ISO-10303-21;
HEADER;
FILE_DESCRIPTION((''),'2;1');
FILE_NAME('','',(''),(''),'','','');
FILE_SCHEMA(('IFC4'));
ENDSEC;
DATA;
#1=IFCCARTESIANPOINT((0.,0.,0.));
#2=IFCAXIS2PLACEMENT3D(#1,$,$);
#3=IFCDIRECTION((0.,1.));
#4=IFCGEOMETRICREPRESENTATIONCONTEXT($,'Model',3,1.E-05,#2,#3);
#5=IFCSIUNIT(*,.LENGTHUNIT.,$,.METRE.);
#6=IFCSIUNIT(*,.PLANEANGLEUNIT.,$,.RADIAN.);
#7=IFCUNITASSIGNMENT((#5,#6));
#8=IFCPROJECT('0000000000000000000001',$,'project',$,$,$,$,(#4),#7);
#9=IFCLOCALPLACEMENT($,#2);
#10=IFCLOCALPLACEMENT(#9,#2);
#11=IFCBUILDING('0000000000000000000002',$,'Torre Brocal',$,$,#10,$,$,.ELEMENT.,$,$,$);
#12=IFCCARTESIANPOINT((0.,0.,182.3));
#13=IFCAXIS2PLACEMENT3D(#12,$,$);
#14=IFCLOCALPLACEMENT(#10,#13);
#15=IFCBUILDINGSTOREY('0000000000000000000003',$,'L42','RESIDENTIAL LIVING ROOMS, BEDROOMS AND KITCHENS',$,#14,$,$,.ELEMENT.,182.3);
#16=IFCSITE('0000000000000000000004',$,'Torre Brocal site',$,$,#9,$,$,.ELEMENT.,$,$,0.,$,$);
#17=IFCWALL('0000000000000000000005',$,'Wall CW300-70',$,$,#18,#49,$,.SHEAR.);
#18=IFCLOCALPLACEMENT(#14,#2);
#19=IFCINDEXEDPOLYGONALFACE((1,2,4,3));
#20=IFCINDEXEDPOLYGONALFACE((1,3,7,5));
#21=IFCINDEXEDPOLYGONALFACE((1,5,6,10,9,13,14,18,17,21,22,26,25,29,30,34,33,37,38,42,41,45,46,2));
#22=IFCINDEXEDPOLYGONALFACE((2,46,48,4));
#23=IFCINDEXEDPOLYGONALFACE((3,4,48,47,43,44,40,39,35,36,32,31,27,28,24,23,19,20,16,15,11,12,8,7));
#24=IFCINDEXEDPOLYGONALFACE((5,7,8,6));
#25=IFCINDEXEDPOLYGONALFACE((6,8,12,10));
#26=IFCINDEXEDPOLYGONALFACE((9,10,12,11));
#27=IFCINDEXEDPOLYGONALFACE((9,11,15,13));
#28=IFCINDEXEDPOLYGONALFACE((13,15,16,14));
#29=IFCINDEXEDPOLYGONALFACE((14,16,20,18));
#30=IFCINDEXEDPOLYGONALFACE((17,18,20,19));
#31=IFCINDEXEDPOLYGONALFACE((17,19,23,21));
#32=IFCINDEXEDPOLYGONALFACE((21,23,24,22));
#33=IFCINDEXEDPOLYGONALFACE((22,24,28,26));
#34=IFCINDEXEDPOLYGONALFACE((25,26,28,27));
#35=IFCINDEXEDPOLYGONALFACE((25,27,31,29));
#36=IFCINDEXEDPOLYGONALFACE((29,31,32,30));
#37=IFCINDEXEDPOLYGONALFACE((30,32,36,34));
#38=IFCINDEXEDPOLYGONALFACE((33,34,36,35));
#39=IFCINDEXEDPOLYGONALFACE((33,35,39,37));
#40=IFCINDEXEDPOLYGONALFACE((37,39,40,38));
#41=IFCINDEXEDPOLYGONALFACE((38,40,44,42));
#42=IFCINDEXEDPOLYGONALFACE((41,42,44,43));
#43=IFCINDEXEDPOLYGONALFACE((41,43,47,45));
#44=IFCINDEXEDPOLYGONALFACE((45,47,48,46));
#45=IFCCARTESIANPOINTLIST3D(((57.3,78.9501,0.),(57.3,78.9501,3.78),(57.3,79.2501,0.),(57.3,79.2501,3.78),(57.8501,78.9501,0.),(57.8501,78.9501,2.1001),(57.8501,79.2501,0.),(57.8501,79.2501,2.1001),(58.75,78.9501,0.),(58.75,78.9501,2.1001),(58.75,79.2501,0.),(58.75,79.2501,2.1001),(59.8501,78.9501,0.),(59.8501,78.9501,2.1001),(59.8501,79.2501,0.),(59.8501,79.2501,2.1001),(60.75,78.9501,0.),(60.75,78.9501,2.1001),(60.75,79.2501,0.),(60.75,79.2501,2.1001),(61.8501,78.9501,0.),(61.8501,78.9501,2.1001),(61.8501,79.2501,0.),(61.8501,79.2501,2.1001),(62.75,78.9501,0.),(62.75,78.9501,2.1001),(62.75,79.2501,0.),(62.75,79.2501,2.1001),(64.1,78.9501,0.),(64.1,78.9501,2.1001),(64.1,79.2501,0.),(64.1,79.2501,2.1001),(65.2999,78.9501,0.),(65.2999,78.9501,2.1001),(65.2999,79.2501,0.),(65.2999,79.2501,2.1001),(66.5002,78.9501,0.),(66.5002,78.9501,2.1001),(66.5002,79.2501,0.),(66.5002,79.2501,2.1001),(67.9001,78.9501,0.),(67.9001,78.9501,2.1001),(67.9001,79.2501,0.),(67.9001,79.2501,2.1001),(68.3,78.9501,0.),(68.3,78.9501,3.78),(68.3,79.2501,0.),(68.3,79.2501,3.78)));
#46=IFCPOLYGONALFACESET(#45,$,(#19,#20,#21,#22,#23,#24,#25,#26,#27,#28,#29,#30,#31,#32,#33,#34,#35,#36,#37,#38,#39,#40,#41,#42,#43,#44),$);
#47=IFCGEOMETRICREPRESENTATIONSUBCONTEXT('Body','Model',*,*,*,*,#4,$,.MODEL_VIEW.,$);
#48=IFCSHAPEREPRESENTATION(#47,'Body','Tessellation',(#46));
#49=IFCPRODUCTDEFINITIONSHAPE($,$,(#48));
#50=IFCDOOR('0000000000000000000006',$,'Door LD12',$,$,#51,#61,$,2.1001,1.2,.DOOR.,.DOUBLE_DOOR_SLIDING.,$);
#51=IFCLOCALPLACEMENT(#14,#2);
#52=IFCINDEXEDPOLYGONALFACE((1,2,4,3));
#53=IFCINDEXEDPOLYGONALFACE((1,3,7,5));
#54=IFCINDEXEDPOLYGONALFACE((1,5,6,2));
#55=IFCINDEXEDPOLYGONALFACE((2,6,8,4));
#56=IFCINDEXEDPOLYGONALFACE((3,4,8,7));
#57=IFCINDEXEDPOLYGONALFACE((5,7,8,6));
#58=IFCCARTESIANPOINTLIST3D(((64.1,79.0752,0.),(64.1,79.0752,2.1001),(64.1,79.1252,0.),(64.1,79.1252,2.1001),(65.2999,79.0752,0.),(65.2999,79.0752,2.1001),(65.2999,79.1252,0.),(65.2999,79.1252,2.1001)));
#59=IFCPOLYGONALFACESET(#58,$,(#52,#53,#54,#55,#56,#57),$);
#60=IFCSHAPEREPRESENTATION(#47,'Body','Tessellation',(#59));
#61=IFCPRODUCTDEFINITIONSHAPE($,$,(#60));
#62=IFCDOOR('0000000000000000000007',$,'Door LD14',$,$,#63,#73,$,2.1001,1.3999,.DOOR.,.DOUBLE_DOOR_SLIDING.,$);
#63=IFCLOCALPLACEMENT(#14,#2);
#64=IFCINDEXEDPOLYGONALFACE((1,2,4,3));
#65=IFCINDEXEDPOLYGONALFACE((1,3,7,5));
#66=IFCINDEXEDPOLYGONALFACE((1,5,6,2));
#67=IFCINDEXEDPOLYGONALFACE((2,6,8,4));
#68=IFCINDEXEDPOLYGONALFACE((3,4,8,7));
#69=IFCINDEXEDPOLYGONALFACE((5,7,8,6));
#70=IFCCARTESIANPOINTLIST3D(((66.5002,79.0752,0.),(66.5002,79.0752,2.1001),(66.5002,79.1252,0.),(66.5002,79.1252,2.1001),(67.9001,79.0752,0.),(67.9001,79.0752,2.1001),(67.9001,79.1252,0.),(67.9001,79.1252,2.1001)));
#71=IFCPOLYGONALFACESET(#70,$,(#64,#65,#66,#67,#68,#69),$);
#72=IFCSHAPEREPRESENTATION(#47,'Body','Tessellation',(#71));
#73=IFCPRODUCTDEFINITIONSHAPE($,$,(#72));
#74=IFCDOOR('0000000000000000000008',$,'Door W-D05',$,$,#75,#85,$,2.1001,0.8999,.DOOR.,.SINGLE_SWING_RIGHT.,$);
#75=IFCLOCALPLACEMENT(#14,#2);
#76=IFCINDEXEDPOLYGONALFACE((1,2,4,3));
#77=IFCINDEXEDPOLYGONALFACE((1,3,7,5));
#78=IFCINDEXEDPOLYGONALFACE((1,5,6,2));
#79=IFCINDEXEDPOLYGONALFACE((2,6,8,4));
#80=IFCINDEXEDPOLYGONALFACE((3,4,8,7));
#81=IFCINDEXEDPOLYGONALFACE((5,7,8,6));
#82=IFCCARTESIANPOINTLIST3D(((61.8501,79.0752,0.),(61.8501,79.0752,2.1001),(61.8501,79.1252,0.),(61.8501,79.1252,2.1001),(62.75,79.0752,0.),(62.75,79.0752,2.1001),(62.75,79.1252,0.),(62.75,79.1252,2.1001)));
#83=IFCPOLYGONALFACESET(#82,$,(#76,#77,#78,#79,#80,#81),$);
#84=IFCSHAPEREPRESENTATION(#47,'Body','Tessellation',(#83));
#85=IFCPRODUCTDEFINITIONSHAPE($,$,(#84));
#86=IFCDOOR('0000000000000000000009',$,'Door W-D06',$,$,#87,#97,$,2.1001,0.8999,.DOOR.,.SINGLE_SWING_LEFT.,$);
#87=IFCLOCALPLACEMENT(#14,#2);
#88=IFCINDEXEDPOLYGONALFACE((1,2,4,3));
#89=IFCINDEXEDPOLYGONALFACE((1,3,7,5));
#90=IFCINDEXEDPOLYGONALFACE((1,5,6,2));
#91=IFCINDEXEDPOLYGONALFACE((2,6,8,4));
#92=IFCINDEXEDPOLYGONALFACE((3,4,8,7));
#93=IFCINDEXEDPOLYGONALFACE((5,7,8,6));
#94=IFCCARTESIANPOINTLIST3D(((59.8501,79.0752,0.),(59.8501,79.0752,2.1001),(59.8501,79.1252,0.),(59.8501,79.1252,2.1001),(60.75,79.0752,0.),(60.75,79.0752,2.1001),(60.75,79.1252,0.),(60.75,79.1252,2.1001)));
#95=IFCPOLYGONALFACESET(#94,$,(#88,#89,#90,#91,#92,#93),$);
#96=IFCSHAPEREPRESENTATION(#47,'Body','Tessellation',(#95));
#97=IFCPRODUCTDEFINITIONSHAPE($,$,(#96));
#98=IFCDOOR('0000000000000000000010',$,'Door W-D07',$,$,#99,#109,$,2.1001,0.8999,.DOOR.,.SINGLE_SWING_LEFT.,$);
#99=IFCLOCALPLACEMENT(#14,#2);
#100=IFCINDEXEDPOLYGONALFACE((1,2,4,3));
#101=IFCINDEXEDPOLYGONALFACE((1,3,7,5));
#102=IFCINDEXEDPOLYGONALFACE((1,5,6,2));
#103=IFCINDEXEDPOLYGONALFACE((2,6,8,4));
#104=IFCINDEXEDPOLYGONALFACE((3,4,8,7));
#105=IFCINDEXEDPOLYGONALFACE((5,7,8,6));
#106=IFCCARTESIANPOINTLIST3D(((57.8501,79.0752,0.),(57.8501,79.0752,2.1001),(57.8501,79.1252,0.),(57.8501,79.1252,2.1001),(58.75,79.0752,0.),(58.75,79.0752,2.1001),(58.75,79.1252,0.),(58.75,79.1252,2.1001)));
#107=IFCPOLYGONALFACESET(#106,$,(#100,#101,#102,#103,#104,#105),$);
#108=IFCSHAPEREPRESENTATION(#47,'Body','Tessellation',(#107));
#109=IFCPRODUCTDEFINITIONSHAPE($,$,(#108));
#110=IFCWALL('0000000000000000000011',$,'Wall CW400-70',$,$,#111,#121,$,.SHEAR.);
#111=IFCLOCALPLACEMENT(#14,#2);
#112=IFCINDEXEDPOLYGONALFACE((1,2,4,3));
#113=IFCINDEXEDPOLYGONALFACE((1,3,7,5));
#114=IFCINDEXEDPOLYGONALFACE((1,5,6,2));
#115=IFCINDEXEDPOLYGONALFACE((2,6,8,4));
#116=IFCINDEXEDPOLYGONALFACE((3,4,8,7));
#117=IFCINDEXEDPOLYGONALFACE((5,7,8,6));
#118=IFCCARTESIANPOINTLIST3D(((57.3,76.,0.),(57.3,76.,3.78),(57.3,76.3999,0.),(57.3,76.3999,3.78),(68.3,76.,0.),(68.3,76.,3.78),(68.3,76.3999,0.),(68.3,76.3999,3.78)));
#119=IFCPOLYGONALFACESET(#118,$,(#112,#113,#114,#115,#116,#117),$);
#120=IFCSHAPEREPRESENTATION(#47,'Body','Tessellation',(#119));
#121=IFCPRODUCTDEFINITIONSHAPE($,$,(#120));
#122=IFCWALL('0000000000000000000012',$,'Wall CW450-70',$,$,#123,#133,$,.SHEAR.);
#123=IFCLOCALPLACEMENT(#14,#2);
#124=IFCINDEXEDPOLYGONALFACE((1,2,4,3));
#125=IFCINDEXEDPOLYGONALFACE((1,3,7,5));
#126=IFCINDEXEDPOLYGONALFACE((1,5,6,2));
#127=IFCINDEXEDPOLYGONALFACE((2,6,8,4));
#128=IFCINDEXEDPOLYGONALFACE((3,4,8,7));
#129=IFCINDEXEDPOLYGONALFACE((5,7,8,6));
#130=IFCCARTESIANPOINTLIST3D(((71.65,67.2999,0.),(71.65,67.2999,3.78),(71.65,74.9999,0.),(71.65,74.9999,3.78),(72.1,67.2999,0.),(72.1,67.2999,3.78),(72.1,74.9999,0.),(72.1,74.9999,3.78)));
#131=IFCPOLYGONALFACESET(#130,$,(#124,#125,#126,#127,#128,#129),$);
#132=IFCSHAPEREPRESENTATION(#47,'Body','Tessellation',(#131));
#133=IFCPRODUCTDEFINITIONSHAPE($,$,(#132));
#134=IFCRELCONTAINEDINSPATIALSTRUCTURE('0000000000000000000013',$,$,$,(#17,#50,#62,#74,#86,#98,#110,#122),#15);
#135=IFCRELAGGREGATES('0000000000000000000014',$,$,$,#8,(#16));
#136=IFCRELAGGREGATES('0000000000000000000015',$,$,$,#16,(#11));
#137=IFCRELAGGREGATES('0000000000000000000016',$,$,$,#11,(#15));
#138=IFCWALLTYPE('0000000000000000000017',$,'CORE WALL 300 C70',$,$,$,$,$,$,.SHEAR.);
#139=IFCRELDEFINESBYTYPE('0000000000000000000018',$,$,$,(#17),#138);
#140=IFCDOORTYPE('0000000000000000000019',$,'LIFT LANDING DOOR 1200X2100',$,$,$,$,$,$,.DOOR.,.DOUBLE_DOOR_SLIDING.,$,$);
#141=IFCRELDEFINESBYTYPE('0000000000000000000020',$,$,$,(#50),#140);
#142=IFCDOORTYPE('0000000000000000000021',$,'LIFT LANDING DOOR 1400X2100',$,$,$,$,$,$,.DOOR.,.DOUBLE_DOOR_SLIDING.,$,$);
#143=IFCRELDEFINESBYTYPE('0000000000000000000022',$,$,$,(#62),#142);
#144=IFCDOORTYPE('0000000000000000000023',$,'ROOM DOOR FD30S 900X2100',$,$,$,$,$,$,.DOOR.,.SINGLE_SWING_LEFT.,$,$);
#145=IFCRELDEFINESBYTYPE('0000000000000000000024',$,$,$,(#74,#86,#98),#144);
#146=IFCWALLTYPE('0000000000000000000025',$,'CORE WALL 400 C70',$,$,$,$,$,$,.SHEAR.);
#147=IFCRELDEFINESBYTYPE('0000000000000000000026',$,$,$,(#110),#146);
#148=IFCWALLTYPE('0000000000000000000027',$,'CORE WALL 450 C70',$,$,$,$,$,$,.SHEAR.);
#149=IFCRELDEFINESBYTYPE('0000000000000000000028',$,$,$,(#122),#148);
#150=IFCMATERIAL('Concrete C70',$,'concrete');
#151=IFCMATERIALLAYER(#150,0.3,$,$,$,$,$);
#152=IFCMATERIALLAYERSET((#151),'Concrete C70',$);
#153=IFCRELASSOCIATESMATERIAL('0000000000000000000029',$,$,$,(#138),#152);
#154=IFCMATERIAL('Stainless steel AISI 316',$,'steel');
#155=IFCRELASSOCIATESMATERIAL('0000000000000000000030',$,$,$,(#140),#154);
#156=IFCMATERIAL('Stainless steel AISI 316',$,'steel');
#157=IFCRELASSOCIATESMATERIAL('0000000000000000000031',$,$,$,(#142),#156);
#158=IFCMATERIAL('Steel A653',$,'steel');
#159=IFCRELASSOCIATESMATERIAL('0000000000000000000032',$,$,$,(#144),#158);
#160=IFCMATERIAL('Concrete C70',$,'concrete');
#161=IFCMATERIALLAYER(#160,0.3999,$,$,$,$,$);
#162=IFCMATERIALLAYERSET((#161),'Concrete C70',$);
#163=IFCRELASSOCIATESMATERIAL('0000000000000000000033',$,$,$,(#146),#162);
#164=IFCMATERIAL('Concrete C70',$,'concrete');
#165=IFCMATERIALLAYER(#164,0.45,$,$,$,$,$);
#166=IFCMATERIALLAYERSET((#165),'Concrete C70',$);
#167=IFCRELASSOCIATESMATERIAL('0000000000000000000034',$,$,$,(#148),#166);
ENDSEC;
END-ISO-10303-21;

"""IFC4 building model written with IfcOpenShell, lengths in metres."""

from ifc_helpers import new_model, si_unit, direction, frame, frame_2d, origin, place, context, subcontext, project, spatial, rectangle, extrude, material, layer, layer_set, type_object, element, fill, save


model = new_model("IFC4")

# Units and contexts
model_context = context("Model", 3, precision=1e-05, world=origin(), true_north=direction((0.0, 1.0)))
body_context = subcontext(model_context, "Body", "Model", "MODEL_VIEW")
ifc_project = project(units=[si_unit("LENGTHUNIT", "METRE"), si_unit("PLANEANGLEUNIT", "RADIAN")], contexts=[model_context])

# Site, building, storey
site_placement = place(None, origin())
site = spatial("IfcSite", under=ifc_project, at=site_placement, Name="Torre Brocal site", CompositionType="ELEMENT", RefElevation=0.0)
building_placement = place(site_placement, origin())
building = spatial("IfcBuilding", under=site, at=building_placement, Name="Torre Brocal", CompositionType="ELEMENT")
storey_placement = place(building_placement, frame((0.0, 0.0, 182.3)))
storey = spatial("IfcBuildingStorey", under=building, at=storey_placement, Name="L42", Description="RESIDENTIAL LIVING ROOMS, BEDROOMS AND KITCHENS", CompositionType="ELEMENT", Elevation=182.3)

# Shared definitions
ifc_material_1 = material(Name="Concrete C70", Category="concrete")
ifc_layer_1 = layer(ifc_material_1, 0.3)
ifc_layer_set_1 = layer_set([ifc_layer_1], Name="Concrete C70")
wall_type_1 = type_object("IfcWallType", Name="CORE WALL 300 C70", PredefinedType="SHEAR", material=ifc_layer_set_1)

# Wall, openings, doors
wall_1_placement = place(storey_placement, frame((68.3, 79.1001, 0.0), z_axis=(0.0, 0.0, 1.0), x_axis=(-1.0, 0.0, 0.0)))
wall_1 = element("IfcWall", 1, at=wall_1_placement, inside=storey, type_object=wall_type_1, Name="Wall CW300-70", PredefinedType="SHEAR", context=body_context, shape_type="SweptSolid", body=[
    extrude(rectangle(XDim=11.0, YDim=0.3, at=frame_2d((5.5, 0.0))), origin(), (0.0, 0.0, 1.0), 3.78),
])
opening_1_placement = place(wall_1_placement, frame((0.3999, 0.0, 0.0)))
opening_1 = element("IfcOpeningElement", 2, at=opening_1_placement, cuts=wall_1, PredefinedType="OPENING", context=body_context, shape_type="SweptSolid", body=[
    extrude(rectangle(XDim=1.3999, YDim=2.1001, at=frame_2d((0.7, 1.05))), frame((0.0, 0.1599, 0.0), z_axis=(0.0, -1.0, 0.0), x_axis=(1.0, 0.0, 0.0)), (0.0, 0.0, 1.0), 0.3201),
])
opening_2_placement = place(wall_1_placement, frame((3.0, 0.0, 0.0)))
opening_2 = element("IfcOpeningElement", 3, at=opening_2_placement, cuts=wall_1, PredefinedType="OPENING", context=body_context, shape_type="SweptSolid", body=[
    extrude(rectangle(XDim=1.2, YDim=2.1001, at=frame_2d((0.6001, 1.05))), frame((0.0, 0.1599, 0.0), z_axis=(0.0, -1.0, 0.0), x_axis=(1.0, 0.0, 0.0)), (0.0, 0.0, 1.0), 0.3201),
])
opening_3_placement = place(wall_1_placement, frame((5.55, 0.0, 0.0)))
opening_3 = element("IfcOpeningElement", 4, at=opening_3_placement, cuts=wall_1, PredefinedType="OPENING", context=body_context, shape_type="SweptSolid", body=[
    extrude(rectangle(XDim=0.8999, YDim=2.1001, at=frame_2d((0.45, 1.05))), frame((0.0, 0.1599, 0.0), z_axis=(0.0, -1.0, 0.0), x_axis=(1.0, 0.0, 0.0)), (0.0, 0.0, 1.0), 0.3201),
])
opening_4_placement = place(wall_1_placement, frame((7.55, 0.0, 0.0)))
opening_4 = element("IfcOpeningElement", 5, at=opening_4_placement, cuts=wall_1, PredefinedType="OPENING", context=body_context, shape_type="SweptSolid", body=[
    extrude(rectangle(XDim=0.8999, YDim=2.1001, at=frame_2d((0.45, 1.05))), frame((0.0, 0.1599, 0.0), z_axis=(0.0, -1.0, 0.0), x_axis=(1.0, 0.0, 0.0)), (0.0, 0.0, 1.0), 0.3201),
])
opening_5_placement = place(wall_1_placement, frame((9.55, 0.0, 0.0)))
opening_5 = element("IfcOpeningElement", 6, at=opening_5_placement, cuts=wall_1, PredefinedType="OPENING", context=body_context, shape_type="SweptSolid", body=[
    extrude(rectangle(XDim=0.8999, YDim=2.1001, at=frame_2d((0.45, 1.05))), frame((0.0, 0.1599, 0.0), z_axis=(0.0, -1.0, 0.0), x_axis=(1.0, 0.0, 0.0)), (0.0, 0.0, 1.0), 0.3201),
])
ifc_material_2 = material(Name="Stainless steel AISI 316", Category="steel")
door_type_1 = type_object("IfcDoorType", Name="LIFT LANDING DOOR 1200X2100", OperationType="DOUBLE_DOOR_SLIDING", PredefinedType="DOOR", material=ifc_material_2)
door_1_placement = place(opening_2_placement, origin())
door_1 = element("IfcDoor", 7, at=door_1_placement, inside=storey, type_object=door_type_1, Name="Door LD12", OperationType="DOUBLE_DOOR_SLIDING", OverallHeight=2.1001, OverallWidth=1.2, PredefinedType="DOOR", context=body_context, shape_type="SweptSolid", body=[
    extrude(rectangle(XDim=1.2, YDim=2.1001, at=frame_2d((0.6001, 1.05))), frame((0.0, 0.0249, 0.0), z_axis=(0.0, -1.0, 0.0), x_axis=(1.0, 0.0, 0.0)), (0.0, 0.0, 1.0), 0.05),
])
fill(opening_2, door_1)
ifc_material_3 = material(Name="Stainless steel AISI 316", Category="steel")
door_type_2 = type_object("IfcDoorType", Name="LIFT LANDING DOOR 1400X2100", OperationType="DOUBLE_DOOR_SLIDING", PredefinedType="DOOR", material=ifc_material_3)
door_2_placement = place(opening_1_placement, origin())
door_2 = element("IfcDoor", 8, at=door_2_placement, inside=storey, type_object=door_type_2, Name="Door LD14", OperationType="DOUBLE_DOOR_SLIDING", OverallHeight=2.1001, OverallWidth=1.3999, PredefinedType="DOOR", context=body_context, shape_type="SweptSolid", body=[
    extrude(rectangle(XDim=1.3999, YDim=2.1001, at=frame_2d((0.7, 1.05))), frame((0.0, 0.0249, 0.0), z_axis=(0.0, -1.0, 0.0), x_axis=(1.0, 0.0, 0.0)), (0.0, 0.0, 1.0), 0.05),
])
fill(opening_1, door_2)
ifc_material_4 = material(Name="Steel A653", Category="steel")
door_type_3 = type_object("IfcDoorType", Name="ROOM DOOR FD30S 900X2100", OperationType="SINGLE_SWING_LEFT", PredefinedType="DOOR", material=ifc_material_4)
door_3_placement = place(opening_3_placement, origin())
door_3 = element("IfcDoor", 9, at=door_3_placement, inside=storey, type_object=door_type_3, Name="Door W-D05", OperationType="SINGLE_SWING_RIGHT", OverallHeight=2.1001, OverallWidth=0.8999, PredefinedType="DOOR", context=body_context, shape_type="SweptSolid", body=[
    extrude(rectangle(XDim=0.8999, YDim=2.1001, at=frame_2d((0.45, 1.05))), frame((0.0, 0.0249, 0.0), z_axis=(0.0, -1.0, 0.0), x_axis=(1.0, 0.0, 0.0)), (0.0, 0.0, 1.0), 0.05),
])
fill(opening_3, door_3)
door_4_placement = place(opening_4_placement, origin())
door_4 = element("IfcDoor", 10, at=door_4_placement, inside=storey, type_object=door_type_3, Name="Door W-D06", OperationType="SINGLE_SWING_LEFT", OverallHeight=2.1001, OverallWidth=0.8999, PredefinedType="DOOR", context=body_context, shape_type="SweptSolid", body=[
    extrude(rectangle(XDim=0.8999, YDim=2.1001, at=frame_2d((0.45, 1.05))), frame((0.0, 0.0249, 0.0), z_axis=(0.0, -1.0, 0.0), x_axis=(1.0, 0.0, 0.0)), (0.0, 0.0, 1.0), 0.05),
])
fill(opening_4, door_4)
door_5_placement = place(opening_5_placement, origin())
door_5 = element("IfcDoor", 11, at=door_5_placement, inside=storey, type_object=door_type_3, Name="Door W-D07", OperationType="SINGLE_SWING_LEFT", OverallHeight=2.1001, OverallWidth=0.8999, PredefinedType="DOOR", context=body_context, shape_type="SweptSolid", body=[
    extrude(rectangle(XDim=0.8999, YDim=2.1001, at=frame_2d((0.45, 1.05))), frame((0.0, 0.0249, 0.0), z_axis=(0.0, -1.0, 0.0), x_axis=(1.0, 0.0, 0.0)), (0.0, 0.0, 1.0), 0.05),
])
fill(opening_5, door_5)

# Walls
ifc_material_5 = material(Name="Concrete C70", Category="concrete")
ifc_layer_2 = layer(ifc_material_5, 0.3999)
ifc_layer_set_2 = layer_set([ifc_layer_2], Name="Concrete C70")
wall_type_2 = type_object("IfcWallType", Name="CORE WALL 400 C70", PredefinedType="SHEAR", material=ifc_layer_set_2)
wall_2_placement = place(storey_placement, frame((68.3, 76.2, 0.0), z_axis=(0.0, 0.0, 1.0), x_axis=(-1.0, 0.0, 0.0)))
element("IfcWall", 12, at=wall_2_placement, inside=storey, type_object=wall_type_2, Name="Wall CW400-70", PredefinedType="SHEAR", context=body_context, shape_type="SweptSolid", body=[
    extrude(rectangle(XDim=11.0, YDim=0.3999, at=frame_2d((5.5, 0.0))), origin(), (0.0, 0.0, 1.0), 3.78),
])
ifc_material_6 = material(Name="Concrete C70", Category="concrete")
ifc_layer_3 = layer(ifc_material_6, 0.45)
ifc_layer_set_3 = layer_set([ifc_layer_3], Name="Concrete C70")
wall_type_3 = type_object("IfcWallType", Name="CORE WALL 450 C70", PredefinedType="SHEAR", material=ifc_layer_set_3)
wall_3_placement = place(storey_placement, frame((71.875, 75.0, 0.0), z_axis=(0.0, 0.0, 1.0), x_axis=(0.0, -1.0, 0.0)))
element("IfcWall", 13, at=wall_3_placement, inside=storey, type_object=wall_type_3, Name="Wall CW450-70", PredefinedType="SHEAR", context=body_context, shape_type="SweptSolid", body=[
    extrude(rectangle(XDim=7.7, YDim=0.45, at=frame_2d((3.8501, 0.0))), origin(), (0.0, 0.0, 1.0), 3.78),
])

save(model, "model.ifc")
